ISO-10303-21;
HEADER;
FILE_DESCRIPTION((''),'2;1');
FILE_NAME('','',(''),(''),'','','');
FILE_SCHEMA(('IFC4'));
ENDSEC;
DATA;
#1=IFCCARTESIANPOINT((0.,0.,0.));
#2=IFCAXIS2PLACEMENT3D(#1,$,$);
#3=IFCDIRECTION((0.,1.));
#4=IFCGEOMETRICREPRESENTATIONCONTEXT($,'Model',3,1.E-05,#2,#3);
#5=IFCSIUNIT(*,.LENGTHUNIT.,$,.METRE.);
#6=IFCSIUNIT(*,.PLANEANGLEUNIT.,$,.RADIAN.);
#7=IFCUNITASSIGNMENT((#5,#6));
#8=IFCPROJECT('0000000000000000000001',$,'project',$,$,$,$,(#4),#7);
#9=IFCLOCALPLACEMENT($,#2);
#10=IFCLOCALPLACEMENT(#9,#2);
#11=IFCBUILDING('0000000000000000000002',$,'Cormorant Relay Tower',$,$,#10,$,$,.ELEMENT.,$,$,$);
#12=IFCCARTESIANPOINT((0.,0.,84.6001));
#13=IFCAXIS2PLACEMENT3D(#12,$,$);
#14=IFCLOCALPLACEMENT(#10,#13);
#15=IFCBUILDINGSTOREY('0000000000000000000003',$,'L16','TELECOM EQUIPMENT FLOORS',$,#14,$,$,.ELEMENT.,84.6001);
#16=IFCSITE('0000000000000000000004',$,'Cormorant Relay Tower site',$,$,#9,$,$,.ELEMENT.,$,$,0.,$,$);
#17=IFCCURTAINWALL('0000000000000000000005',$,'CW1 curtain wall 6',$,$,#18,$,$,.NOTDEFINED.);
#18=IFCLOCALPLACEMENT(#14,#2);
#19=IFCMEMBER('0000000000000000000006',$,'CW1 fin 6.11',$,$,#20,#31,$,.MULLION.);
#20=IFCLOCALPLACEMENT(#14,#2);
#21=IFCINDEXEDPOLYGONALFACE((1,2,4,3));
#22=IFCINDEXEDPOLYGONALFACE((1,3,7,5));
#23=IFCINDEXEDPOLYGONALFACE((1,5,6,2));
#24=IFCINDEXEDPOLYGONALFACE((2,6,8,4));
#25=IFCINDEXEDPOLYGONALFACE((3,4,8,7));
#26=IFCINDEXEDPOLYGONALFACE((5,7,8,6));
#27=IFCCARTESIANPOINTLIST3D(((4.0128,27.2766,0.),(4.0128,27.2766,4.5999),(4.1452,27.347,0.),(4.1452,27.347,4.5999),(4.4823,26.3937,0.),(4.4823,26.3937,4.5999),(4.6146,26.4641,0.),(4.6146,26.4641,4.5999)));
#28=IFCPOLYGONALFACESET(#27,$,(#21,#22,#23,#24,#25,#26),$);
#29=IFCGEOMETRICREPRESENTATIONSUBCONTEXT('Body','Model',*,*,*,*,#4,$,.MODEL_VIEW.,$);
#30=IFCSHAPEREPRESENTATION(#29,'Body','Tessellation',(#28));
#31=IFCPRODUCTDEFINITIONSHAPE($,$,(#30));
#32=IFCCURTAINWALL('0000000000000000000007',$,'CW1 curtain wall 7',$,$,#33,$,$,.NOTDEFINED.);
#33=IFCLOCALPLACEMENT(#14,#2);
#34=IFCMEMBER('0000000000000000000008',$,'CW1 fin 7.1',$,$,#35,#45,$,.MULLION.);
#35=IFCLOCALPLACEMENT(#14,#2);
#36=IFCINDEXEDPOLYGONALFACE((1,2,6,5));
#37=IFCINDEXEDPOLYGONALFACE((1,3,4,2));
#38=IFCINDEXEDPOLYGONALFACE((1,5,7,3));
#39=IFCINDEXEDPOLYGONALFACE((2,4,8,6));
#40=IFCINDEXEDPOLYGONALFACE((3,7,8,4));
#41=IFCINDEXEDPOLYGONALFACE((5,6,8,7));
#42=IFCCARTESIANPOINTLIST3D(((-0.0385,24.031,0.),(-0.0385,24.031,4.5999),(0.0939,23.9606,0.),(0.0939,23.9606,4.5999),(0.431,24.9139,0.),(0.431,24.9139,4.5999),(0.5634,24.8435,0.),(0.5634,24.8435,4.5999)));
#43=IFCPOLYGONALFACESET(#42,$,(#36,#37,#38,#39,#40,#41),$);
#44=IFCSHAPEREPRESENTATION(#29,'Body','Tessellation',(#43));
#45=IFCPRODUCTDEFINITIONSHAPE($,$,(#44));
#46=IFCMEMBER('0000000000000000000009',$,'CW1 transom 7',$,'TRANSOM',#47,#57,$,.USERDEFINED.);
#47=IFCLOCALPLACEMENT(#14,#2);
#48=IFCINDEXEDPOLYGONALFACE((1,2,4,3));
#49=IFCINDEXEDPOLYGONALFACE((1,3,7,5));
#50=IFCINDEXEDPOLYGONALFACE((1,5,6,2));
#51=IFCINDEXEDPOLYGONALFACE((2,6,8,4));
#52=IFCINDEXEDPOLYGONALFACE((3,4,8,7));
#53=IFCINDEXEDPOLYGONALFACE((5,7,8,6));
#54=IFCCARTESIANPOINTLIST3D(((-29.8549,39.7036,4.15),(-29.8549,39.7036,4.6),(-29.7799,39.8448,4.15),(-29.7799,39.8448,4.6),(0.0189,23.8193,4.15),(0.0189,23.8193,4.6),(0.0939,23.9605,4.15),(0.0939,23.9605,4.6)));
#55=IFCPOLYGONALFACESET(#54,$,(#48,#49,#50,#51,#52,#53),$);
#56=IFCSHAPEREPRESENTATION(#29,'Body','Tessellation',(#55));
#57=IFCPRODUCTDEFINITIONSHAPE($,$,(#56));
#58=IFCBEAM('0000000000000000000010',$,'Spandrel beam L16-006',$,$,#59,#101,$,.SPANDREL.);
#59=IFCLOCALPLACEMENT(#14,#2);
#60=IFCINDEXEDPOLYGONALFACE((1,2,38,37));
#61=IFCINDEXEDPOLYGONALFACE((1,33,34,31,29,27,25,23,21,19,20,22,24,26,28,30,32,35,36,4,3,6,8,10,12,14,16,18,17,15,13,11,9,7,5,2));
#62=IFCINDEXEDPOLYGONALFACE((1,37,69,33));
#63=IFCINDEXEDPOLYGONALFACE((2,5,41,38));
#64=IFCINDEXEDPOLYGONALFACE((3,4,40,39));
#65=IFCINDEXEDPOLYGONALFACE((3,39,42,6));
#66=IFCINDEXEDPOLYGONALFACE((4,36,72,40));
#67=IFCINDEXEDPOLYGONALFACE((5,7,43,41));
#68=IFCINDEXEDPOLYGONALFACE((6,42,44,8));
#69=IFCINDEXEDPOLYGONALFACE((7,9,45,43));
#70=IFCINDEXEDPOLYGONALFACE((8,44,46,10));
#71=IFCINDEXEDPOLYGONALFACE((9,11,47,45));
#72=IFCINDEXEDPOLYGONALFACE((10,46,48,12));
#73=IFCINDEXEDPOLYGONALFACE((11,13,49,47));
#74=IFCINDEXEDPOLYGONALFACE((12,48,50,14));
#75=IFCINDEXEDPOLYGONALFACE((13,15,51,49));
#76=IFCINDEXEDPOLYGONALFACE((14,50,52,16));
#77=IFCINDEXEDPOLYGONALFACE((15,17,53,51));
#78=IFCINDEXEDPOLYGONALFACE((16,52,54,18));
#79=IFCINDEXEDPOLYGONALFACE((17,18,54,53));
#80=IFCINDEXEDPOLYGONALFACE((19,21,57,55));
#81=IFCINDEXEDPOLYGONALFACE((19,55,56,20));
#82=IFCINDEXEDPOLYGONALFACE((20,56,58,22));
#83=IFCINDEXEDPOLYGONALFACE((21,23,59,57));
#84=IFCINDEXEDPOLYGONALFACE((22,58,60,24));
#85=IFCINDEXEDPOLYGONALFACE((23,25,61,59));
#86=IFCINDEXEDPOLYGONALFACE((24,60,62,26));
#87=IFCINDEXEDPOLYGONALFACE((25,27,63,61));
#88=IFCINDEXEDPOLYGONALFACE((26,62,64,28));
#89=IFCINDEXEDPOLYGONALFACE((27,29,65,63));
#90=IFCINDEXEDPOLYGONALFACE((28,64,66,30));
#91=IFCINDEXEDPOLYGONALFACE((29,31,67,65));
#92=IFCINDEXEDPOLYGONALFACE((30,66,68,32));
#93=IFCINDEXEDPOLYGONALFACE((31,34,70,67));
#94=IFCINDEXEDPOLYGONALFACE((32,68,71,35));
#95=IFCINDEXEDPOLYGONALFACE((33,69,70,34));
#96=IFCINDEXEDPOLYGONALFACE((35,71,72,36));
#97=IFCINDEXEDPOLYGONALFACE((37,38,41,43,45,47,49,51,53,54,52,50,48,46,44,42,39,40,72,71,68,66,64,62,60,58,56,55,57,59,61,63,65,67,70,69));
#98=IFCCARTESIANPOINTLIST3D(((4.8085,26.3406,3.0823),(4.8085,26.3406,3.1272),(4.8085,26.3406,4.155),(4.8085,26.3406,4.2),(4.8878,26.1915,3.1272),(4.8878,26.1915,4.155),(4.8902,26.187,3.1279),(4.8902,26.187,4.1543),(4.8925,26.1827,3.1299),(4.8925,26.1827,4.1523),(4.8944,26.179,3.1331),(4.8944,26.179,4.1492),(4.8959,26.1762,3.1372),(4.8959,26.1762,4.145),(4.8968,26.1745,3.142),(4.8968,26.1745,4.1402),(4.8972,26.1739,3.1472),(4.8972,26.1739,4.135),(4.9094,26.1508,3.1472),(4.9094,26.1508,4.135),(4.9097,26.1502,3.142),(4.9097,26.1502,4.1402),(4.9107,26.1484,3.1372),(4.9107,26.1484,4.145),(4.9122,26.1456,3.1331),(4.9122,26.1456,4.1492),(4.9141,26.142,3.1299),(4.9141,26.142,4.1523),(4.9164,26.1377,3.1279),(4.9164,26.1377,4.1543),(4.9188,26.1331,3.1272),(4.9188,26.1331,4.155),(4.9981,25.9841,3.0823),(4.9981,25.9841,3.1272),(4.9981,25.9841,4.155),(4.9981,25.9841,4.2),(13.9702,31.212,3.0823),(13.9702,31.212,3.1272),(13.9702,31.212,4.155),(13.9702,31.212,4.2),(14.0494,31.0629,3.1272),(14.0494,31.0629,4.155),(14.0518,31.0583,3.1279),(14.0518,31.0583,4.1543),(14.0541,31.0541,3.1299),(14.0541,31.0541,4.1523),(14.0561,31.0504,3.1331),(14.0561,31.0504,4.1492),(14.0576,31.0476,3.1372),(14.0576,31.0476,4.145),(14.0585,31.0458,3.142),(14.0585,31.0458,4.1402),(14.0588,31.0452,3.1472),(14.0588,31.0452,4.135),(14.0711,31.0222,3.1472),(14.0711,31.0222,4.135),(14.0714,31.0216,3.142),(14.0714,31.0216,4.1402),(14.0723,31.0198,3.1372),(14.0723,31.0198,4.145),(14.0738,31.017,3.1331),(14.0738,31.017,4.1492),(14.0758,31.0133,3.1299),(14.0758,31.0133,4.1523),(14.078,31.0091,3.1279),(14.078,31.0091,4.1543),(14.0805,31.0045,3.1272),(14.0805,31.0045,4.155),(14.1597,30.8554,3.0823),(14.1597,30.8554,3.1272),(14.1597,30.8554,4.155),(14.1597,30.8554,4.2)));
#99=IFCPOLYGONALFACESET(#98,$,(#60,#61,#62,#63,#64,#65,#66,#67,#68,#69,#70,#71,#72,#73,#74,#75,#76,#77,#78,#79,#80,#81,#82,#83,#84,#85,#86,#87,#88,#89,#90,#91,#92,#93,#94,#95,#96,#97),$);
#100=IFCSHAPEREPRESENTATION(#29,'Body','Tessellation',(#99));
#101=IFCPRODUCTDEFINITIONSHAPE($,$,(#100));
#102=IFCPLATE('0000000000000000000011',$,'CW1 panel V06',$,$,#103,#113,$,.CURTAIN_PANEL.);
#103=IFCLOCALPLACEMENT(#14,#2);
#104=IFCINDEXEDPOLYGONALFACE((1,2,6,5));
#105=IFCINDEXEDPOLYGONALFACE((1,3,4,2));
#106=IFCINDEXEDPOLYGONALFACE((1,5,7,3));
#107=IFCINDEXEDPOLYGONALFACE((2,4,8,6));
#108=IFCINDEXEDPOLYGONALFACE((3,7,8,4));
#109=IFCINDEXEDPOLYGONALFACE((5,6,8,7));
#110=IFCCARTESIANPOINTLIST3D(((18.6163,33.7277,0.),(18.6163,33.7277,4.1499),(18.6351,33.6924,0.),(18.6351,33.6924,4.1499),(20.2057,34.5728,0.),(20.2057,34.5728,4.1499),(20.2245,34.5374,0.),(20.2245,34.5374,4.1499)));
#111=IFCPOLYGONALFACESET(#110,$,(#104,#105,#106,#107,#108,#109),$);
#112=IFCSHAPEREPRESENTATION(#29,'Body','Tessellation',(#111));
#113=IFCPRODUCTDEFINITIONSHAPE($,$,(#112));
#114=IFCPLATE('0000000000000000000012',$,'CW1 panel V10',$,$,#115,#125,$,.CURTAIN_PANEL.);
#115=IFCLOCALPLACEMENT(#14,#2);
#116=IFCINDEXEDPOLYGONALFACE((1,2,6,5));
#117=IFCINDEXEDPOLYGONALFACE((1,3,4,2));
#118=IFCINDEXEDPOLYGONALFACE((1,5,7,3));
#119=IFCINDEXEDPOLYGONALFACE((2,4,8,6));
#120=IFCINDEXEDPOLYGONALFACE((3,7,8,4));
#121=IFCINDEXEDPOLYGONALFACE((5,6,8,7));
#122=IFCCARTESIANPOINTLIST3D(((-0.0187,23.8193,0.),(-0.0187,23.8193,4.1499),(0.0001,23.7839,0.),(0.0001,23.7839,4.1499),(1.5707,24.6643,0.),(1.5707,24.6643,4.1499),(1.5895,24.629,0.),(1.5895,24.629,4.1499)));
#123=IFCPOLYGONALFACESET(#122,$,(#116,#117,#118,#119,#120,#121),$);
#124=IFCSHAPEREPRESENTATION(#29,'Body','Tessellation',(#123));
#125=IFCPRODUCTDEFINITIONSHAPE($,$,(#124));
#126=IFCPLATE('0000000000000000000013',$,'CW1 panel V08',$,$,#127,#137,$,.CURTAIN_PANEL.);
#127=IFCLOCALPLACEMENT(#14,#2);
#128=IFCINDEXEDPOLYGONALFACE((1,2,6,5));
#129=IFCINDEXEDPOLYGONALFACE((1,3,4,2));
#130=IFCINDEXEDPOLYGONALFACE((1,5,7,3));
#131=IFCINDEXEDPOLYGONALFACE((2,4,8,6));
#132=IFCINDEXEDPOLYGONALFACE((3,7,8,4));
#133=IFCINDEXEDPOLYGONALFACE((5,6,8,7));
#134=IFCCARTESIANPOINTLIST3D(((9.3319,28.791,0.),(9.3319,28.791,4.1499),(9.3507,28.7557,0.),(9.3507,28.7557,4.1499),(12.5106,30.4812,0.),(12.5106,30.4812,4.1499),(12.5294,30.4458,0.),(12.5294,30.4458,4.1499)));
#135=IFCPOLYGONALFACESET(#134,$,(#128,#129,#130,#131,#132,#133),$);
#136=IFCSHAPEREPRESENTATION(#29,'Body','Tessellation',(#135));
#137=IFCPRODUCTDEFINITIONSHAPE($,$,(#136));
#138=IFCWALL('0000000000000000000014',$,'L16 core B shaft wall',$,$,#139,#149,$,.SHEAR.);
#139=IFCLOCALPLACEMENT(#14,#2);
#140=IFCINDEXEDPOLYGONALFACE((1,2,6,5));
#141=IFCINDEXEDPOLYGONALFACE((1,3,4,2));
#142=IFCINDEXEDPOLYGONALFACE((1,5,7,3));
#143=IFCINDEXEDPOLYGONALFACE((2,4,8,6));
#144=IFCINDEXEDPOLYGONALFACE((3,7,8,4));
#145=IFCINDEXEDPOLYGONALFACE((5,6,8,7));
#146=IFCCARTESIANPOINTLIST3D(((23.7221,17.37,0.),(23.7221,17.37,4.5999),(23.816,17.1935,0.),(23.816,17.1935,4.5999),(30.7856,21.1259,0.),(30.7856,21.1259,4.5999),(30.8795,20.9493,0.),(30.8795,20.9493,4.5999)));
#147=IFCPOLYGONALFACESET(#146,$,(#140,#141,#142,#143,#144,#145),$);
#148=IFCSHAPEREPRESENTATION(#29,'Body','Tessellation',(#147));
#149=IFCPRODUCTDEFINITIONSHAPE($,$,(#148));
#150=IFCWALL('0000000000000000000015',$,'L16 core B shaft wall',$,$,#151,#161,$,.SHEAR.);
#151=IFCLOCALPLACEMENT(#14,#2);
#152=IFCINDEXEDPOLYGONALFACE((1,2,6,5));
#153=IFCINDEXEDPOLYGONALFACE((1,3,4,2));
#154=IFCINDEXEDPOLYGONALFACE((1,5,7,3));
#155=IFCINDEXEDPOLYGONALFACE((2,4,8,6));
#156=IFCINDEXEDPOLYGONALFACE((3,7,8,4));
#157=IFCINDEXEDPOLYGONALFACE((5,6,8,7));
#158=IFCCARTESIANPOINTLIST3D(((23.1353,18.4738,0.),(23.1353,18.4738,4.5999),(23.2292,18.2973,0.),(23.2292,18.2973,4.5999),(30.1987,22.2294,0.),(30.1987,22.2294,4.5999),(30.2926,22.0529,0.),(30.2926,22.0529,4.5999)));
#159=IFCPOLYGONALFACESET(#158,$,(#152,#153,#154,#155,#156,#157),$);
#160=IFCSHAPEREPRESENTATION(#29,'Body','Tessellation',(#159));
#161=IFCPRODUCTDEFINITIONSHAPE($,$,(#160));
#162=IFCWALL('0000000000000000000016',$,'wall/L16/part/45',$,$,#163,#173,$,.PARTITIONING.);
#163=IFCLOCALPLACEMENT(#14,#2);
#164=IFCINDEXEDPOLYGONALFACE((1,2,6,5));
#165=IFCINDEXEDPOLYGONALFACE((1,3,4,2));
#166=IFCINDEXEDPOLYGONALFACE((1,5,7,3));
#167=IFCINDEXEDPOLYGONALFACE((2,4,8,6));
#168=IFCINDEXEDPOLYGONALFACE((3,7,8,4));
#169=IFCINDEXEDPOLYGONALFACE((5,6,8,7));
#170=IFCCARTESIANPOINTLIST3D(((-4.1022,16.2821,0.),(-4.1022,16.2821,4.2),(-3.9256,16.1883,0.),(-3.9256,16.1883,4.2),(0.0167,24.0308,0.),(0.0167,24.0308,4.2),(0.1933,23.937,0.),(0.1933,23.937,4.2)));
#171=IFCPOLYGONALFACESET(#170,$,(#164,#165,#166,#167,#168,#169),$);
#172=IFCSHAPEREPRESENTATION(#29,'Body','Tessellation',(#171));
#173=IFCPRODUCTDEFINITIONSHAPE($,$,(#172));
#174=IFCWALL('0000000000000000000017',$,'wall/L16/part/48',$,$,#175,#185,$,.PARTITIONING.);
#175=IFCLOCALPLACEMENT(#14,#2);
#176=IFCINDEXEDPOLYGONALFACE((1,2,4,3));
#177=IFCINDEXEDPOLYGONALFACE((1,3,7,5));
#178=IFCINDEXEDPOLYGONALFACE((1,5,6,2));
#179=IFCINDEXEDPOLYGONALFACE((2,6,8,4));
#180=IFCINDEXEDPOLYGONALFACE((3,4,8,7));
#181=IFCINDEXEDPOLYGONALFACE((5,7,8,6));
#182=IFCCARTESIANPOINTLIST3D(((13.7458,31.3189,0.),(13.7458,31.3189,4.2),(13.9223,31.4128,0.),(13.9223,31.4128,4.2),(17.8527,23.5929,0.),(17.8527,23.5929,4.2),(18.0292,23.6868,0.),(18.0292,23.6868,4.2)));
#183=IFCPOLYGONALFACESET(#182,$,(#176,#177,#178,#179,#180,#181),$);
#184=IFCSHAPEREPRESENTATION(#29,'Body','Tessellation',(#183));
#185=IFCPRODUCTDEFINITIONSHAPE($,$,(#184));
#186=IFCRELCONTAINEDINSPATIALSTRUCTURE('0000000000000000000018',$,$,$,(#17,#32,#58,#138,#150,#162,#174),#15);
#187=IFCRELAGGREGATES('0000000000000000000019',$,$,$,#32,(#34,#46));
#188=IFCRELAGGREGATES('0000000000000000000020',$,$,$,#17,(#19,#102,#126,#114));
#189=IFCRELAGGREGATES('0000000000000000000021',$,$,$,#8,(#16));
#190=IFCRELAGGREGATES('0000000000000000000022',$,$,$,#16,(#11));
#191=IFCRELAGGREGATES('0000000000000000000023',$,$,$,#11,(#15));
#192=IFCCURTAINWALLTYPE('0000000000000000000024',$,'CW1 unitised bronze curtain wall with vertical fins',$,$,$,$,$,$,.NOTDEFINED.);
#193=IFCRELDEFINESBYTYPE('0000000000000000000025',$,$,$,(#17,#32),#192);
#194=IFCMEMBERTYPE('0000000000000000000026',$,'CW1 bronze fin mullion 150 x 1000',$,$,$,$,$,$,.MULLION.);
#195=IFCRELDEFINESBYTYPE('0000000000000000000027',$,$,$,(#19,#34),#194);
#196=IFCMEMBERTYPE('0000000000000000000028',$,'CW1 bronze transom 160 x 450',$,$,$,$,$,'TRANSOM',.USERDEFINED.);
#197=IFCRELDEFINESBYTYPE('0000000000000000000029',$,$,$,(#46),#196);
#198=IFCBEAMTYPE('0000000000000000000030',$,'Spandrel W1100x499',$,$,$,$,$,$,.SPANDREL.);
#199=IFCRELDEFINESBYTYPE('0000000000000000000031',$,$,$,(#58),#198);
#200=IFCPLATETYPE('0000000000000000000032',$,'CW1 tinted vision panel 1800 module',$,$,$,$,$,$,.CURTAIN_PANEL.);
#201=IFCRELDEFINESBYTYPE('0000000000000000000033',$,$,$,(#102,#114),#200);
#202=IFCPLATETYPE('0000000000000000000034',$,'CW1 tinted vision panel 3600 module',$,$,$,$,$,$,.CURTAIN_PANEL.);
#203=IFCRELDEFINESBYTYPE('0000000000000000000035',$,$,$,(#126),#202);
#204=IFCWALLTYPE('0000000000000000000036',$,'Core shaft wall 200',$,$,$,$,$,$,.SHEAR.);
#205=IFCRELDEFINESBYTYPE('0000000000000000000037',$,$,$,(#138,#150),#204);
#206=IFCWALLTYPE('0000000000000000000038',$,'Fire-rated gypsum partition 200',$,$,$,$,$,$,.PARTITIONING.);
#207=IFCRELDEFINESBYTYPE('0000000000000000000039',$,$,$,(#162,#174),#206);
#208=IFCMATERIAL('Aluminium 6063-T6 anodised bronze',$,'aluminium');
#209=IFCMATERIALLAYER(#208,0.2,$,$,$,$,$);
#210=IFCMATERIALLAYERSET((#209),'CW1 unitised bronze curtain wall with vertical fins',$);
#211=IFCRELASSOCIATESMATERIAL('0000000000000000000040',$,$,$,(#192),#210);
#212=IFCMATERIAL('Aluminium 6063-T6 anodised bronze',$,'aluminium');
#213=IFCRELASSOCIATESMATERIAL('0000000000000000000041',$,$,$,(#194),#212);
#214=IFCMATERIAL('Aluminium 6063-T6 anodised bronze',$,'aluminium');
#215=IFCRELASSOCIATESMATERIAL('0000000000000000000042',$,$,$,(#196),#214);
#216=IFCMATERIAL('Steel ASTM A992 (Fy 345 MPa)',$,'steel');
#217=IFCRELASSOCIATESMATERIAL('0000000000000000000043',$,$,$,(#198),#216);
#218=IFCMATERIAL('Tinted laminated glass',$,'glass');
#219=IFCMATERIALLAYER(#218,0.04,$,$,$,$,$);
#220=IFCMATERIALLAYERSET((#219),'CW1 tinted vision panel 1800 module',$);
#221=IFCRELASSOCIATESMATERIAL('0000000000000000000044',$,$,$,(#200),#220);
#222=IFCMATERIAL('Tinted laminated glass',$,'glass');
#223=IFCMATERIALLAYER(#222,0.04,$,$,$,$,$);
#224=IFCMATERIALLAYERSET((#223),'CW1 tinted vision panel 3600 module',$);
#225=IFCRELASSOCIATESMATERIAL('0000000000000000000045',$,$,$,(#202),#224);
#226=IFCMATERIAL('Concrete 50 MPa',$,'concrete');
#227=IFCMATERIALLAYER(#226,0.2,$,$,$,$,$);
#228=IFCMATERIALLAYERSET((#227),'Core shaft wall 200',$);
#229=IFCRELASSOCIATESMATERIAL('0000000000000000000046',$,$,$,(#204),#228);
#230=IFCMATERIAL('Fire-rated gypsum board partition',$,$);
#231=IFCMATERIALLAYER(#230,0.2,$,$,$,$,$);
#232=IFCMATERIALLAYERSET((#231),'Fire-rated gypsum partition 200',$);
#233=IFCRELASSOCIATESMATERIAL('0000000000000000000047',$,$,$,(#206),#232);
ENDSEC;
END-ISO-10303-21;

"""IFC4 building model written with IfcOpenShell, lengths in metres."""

from ifc_helpers import new_model, si_unit, direction, frame, frame_2d, origin, origin_2d, place, context, subcontext, project, spatial, rectangle, i_section, extrude, material, layer, layer_set, material_profile, profile_set, type_object, element, aggregate, save


model = new_model("IFC4")

# Units and contexts
model_context = context("Model", 3, precision=1e-05, world=origin(), true_north=direction((0.0, 1.0)))
body_context = subcontext(model_context, "Body", "Model", "MODEL_VIEW")
ifc_project = project(units=[si_unit("LENGTHUNIT", "METRE"), si_unit("PLANEANGLEUNIT", "RADIAN")], contexts=[model_context])

# Site, building, storey
site_placement = place(None, origin())
site = spatial("IfcSite", under=ifc_project, at=site_placement, Name="Cormorant Relay Tower site", CompositionType="ELEMENT", RefElevation=0.0)
building_placement = place(site_placement, origin())
building = spatial("IfcBuilding", under=site, at=building_placement, Name="Cormorant Relay Tower", CompositionType="ELEMENT")
storey_placement = place(building_placement, frame((0.0, 0.0, 84.6001)))
storey = spatial("IfcBuildingStorey", under=building, at=storey_placement, Name="L16", Description="TELECOM EQUIPMENT FLOORS", CompositionType="ELEMENT", Elevation=84.6001)

# Curtain walls, members
ifc_material_1 = material(Name="Aluminium 6063-T6 anodised bronze", Category="aluminium")
ifc_layer_1 = layer(ifc_material_1, 0.2)
ifc_layer_set_1 = layer_set([ifc_layer_1], Name="CW1 unitised bronze curtain wall with vertical fins")
curtain_wall_type = type_object("IfcCurtainWallType", Name="CW1 unitised bronze curtain wall with vertical fins", PredefinedType="NOTDEFINED", material=ifc_layer_set_1)
curtain_wall_1_placement = place(storey_placement, origin())
curtain_wall_1 = element("IfcCurtainWall", 1, at=curtain_wall_1_placement, inside=storey, type_object=curtain_wall_type, Name="CW1 curtain wall 6", PredefinedType="NOTDEFINED")
ifc_material_2 = material(Name="Aluminium 6063-T6 anodised bronze", Category="aluminium")
ifc_material_profile_1 = material_profile(ifc_material_2, rectangle(XDim=0.1499, YDim=1.0, at=origin_2d()), Name="AL 150x1000")
ifc_profile_set_1 = profile_set([ifc_material_profile_1], Name="Aluminium 6063-T6 anodised bronze")
member_type_1 = type_object("IfcMemberType", Name="CW1 bronze fin mullion 150 x 1000", PredefinedType="MULLION", material=ifc_profile_set_1)
member_1_placement = place(storey_placement, frame((4.3137, 26.8704, 0.0), z_axis=(0.0, 0.0, 1.0), x_axis=(-0.882948, -0.469472, 0.0)))
member_1 = element("IfcMember", 2, at=member_1_placement, type_object=member_type_1, Name="CW1 fin 6.11", PredefinedType="MULLION", context=body_context, shape_type="SweptSolid", body=[
    extrude(rectangle(XDim=0.1499, YDim=1.0, at=origin_2d()), origin(), (0.0, 0.0, 1.0), 4.5999),
])
curtain_wall_2_placement = place(storey_placement, origin())
curtain_wall_2 = element("IfcCurtainWall", 3, at=curtain_wall_2_placement, inside=storey, type_object=curtain_wall_type, Name="CW1 curtain wall 7", PredefinedType="NOTDEFINED")
member_2_placement = place(storey_placement, frame((0.2625, 24.4373, 0.0), z_axis=(0.0, 0.0, 1.0), x_axis=(-0.882948, 0.469472, 0.0)))
member_2 = element("IfcMember", 4, at=member_2_placement, type_object=member_type_1, Name="CW1 fin 7.1", PredefinedType="MULLION", context=body_context, shape_type="SweptSolid", body=[
    extrude(rectangle(XDim=0.1499, YDim=1.0, at=origin_2d()), origin(), (0.0, 0.0, 1.0), 4.5999),
])
ifc_material_3 = material(Name="Aluminium 6063-T6 anodised bronze", Category="aluminium")
ifc_material_profile_2 = material_profile(ifc_material_3, rectangle(XDim=0.1599, YDim=0.45, at=origin_2d()), Name="AL 160x450")
ifc_profile_set_2 = profile_set([ifc_material_profile_2], Name="Aluminium 6063-T6 anodised bronze")
member_type_2 = type_object("IfcMemberType", Name="CW1 bronze transom 160 x 450", ElementType="TRANSOM", PredefinedType="USERDEFINED", material=ifc_profile_set_2)
member_3_placement = place(storey_placement, frame((0.0564, 23.8899, 4.375), z_axis=(-0.882946, 0.469474, 0.0), x_axis=(-0.469474, -0.882946, 0.0)))
member_3 = element("IfcMember", 5, at=member_3_placement, type_object=member_type_2, Name="CW1 transom 7", ObjectType="TRANSOM", PredefinedType="USERDEFINED", context=body_context, shape_type="SweptSolid", body=[
    extrude(rectangle(XDim=0.1599, YDim=0.45, at=origin_2d()), origin(), (0.0, 0.0, 1.0), 33.8342),
])
aggregate(curtain_wall_2, [member_2, member_3])

# Beam
ifc_material_4 = material(Name="Steel ASTM A992 (Fy 345 MPa)", Category="steel")
ifc_material_profile_3 = material_profile(ifc_material_4, i_section(OverallWidth=0.4038, OverallDepth=1.1177, WebThickness=0.0261, FlangeThickness=0.0449, FilletRadius=0.02, at=origin_2d()), Name="W1100x499")
ifc_profile_set_3 = profile_set([ifc_material_profile_3], Name="Steel ASTM A992 (Fy 345 MPa)")
beam_type = type_object("IfcBeamType", Name="Spandrel W1100x499", PredefinedType="SPANDREL", material=ifc_profile_set_3)
beam_placement = place(storey_placement, frame((14.0649, 31.0337, 3.6411), z_axis=(-0.882947, -0.469473, 0.0), x_axis=(0.469473, -0.882947, 0.0)))
element("IfcBeam", 6, at=beam_placement, inside=storey, type_object=beam_type, Name="Spandrel beam L16-006", PredefinedType="SPANDREL", context=body_context, shape_type="SweptSolid", body=[
    extrude(i_section(OverallWidth=0.4038, OverallDepth=1.1177, WebThickness=0.0261, FlangeThickness=0.0449, FilletRadius=0.02, at=origin_2d()), origin(), (0.0, 0.0, 1.0), 10.3762),
])

# Plates
ifc_material_5 = material(Name="Tinted laminated glass", Category="glass")
ifc_layer_2 = layer(ifc_material_5, 0.04)
ifc_layer_set_2 = layer_set([ifc_layer_2], Name="CW1 tinted vision panel 1800 module")
plate_type_1 = type_object("IfcPlateType", Name="CW1 tinted vision panel 1800 module", PredefinedType="CURTAIN_PANEL", material=ifc_layer_set_2)
plate_1_placement = place(storey_placement, frame((19.4204, 34.1326, 0.0), z_axis=(0.0, 0.0, 1.0), x_axis=(-0.882948, -0.469472, 0.0)))
plate_1 = element("IfcPlate", 7, at=plate_1_placement, type_object=plate_type_1, Name="CW1 panel V06", PredefinedType="CURTAIN_PANEL", context=body_context, shape_type="SweptSolid", body=[
    extrude(rectangle(XDim=1.8, YDim=0.04, at=origin_2d()), origin(), (0.0, 0.0, 1.0), 4.1499),
])
plate_2_placement = place(storey_placement, frame((0.7854, 24.2241, 0.0), z_axis=(0.0, 0.0, 1.0), x_axis=(-0.882948, -0.469472, 0.0)))
plate_2 = element("IfcPlate", 8, at=plate_2_placement, type_object=plate_type_1, Name="CW1 panel V10", PredefinedType="CURTAIN_PANEL", context=body_context, shape_type="SweptSolid", body=[
    extrude(rectangle(XDim=1.8, YDim=0.04, at=origin_2d()), origin(), (0.0, 0.0, 1.0), 4.1499),
])
ifc_material_6 = material(Name="Tinted laminated glass", Category="glass")
ifc_layer_3 = layer(ifc_material_6, 0.04)
ifc_layer_set_3 = layer_set([ifc_layer_3], Name="CW1 tinted vision panel 3600 module")
plate_type_2 = type_object("IfcPlateType", Name="CW1 tinted vision panel 3600 module", PredefinedType="CURTAIN_PANEL", material=ifc_layer_set_3)
plate_3_placement = place(storey_placement, frame((10.9307, 29.6184, 0.0), z_axis=(0.0, 0.0, 1.0), x_axis=(-0.882948, -0.469472, 0.0)))
plate_3 = element("IfcPlate", 9, at=plate_3_placement, type_object=plate_type_2, Name="CW1 panel V08", PredefinedType="CURTAIN_PANEL", context=body_context, shape_type="SweptSolid", body=[
    extrude(rectangle(XDim=3.6001, YDim=0.04, at=origin_2d()), origin(), (0.0, 0.0, 1.0), 4.1499),
])

# Walls
ifc_material_7 = material(Name="Concrete 50 MPa", Category="concrete")
ifc_layer_4 = layer(ifc_material_7, 0.2)
ifc_layer_set_4 = layer_set([ifc_layer_4], Name="Core shaft wall 200")
wall_type_1 = type_object("IfcWallType", Name="Core shaft wall 200", PredefinedType="SHEAR", material=ifc_layer_set_4)
wall_1_placement = place(storey_placement, frame((23.769, 17.2817, 0.0), z_axis=(0.0, 0.0, 1.0), x_axis=(0.88294, 0.469485, 0.0)))
element("IfcWall", 10, at=wall_1_placement, inside=storey, type_object=wall_type_1, Name="L16 core B shaft wall", PredefinedType="SHEAR", context=body_context, shape_type="SweptSolid", body=[
    extrude(rectangle(XDim=8.0, YDim=0.2, at=frame_2d((4.0, 0.0))), origin(), (0.0, 0.0, 1.0), 4.5999),
])
wall_2_placement = place(storey_placement, frame((23.1821, 18.3855, 0.0), z_axis=(0.0, 0.0, 1.0), x_axis=(0.882953, 0.469462, 0.0)))
element("IfcWall", 11, at=wall_2_placement, inside=storey, type_object=wall_type_1, Name="L16 core B shaft wall", PredefinedType="SHEAR", context=body_context, shape_type="SweptSolid", body=[
    extrude(rectangle(XDim=7.9998, YDim=0.2, at=frame_2d((4.0, 0.0))), origin(), (0.0, 0.0, 1.0), 4.5999),
])
ifc_material_8 = material(Name="Fire-rated gypsum board partition")
ifc_layer_5 = layer(ifc_material_8, 0.2)
ifc_layer_set_5 = layer_set([ifc_layer_5], Name="Fire-rated gypsum partition 200")
wall_type_2 = type_object("IfcWallType", Name="Fire-rated gypsum partition 200", PredefinedType="PARTITIONING", material=ifc_layer_set_5)
wall_3_placement = place(storey_placement, frame((0.105, 23.9839, 0.0), z_axis=(0.0, 0.0, 1.0), x_axis=(-0.469365, -0.883004, 0.0)))
element("IfcWall", 12, at=wall_3_placement, inside=storey, type_object=wall_type_2, Name="wall/L16/part/45", PredefinedType="PARTITIONING", context=body_context, shape_type="SweptSolid", body=[
    extrude(rectangle(XDim=8.7754, YDim=0.2, at=frame_2d((4.3877, 0.0))), origin(), (0.0, 0.0, 1.0), 4.2),
])
wall_4_placement = place(storey_placement, frame((13.834, 31.366, 0.0), z_axis=(0.0, 0.0, 1.0), x_axis=(0.469374, -0.882999, 0.0)))
element("IfcWall", 13, at=wall_4_placement, inside=storey, type_object=wall_type_2, Name="wall/L16/part/48", PredefinedType="PARTITIONING", context=body_context, shape_type="SweptSolid", body=[
    extrude(rectangle(XDim=8.7498, YDim=0.2, at=frame_2d((4.375, 0.0))), origin(), (0.0, 0.0, 1.0), 4.2),
])

aggregate(curtain_wall_1, [member_1, plate_1, plate_3, plate_2])

save(model, "model.ifc")
